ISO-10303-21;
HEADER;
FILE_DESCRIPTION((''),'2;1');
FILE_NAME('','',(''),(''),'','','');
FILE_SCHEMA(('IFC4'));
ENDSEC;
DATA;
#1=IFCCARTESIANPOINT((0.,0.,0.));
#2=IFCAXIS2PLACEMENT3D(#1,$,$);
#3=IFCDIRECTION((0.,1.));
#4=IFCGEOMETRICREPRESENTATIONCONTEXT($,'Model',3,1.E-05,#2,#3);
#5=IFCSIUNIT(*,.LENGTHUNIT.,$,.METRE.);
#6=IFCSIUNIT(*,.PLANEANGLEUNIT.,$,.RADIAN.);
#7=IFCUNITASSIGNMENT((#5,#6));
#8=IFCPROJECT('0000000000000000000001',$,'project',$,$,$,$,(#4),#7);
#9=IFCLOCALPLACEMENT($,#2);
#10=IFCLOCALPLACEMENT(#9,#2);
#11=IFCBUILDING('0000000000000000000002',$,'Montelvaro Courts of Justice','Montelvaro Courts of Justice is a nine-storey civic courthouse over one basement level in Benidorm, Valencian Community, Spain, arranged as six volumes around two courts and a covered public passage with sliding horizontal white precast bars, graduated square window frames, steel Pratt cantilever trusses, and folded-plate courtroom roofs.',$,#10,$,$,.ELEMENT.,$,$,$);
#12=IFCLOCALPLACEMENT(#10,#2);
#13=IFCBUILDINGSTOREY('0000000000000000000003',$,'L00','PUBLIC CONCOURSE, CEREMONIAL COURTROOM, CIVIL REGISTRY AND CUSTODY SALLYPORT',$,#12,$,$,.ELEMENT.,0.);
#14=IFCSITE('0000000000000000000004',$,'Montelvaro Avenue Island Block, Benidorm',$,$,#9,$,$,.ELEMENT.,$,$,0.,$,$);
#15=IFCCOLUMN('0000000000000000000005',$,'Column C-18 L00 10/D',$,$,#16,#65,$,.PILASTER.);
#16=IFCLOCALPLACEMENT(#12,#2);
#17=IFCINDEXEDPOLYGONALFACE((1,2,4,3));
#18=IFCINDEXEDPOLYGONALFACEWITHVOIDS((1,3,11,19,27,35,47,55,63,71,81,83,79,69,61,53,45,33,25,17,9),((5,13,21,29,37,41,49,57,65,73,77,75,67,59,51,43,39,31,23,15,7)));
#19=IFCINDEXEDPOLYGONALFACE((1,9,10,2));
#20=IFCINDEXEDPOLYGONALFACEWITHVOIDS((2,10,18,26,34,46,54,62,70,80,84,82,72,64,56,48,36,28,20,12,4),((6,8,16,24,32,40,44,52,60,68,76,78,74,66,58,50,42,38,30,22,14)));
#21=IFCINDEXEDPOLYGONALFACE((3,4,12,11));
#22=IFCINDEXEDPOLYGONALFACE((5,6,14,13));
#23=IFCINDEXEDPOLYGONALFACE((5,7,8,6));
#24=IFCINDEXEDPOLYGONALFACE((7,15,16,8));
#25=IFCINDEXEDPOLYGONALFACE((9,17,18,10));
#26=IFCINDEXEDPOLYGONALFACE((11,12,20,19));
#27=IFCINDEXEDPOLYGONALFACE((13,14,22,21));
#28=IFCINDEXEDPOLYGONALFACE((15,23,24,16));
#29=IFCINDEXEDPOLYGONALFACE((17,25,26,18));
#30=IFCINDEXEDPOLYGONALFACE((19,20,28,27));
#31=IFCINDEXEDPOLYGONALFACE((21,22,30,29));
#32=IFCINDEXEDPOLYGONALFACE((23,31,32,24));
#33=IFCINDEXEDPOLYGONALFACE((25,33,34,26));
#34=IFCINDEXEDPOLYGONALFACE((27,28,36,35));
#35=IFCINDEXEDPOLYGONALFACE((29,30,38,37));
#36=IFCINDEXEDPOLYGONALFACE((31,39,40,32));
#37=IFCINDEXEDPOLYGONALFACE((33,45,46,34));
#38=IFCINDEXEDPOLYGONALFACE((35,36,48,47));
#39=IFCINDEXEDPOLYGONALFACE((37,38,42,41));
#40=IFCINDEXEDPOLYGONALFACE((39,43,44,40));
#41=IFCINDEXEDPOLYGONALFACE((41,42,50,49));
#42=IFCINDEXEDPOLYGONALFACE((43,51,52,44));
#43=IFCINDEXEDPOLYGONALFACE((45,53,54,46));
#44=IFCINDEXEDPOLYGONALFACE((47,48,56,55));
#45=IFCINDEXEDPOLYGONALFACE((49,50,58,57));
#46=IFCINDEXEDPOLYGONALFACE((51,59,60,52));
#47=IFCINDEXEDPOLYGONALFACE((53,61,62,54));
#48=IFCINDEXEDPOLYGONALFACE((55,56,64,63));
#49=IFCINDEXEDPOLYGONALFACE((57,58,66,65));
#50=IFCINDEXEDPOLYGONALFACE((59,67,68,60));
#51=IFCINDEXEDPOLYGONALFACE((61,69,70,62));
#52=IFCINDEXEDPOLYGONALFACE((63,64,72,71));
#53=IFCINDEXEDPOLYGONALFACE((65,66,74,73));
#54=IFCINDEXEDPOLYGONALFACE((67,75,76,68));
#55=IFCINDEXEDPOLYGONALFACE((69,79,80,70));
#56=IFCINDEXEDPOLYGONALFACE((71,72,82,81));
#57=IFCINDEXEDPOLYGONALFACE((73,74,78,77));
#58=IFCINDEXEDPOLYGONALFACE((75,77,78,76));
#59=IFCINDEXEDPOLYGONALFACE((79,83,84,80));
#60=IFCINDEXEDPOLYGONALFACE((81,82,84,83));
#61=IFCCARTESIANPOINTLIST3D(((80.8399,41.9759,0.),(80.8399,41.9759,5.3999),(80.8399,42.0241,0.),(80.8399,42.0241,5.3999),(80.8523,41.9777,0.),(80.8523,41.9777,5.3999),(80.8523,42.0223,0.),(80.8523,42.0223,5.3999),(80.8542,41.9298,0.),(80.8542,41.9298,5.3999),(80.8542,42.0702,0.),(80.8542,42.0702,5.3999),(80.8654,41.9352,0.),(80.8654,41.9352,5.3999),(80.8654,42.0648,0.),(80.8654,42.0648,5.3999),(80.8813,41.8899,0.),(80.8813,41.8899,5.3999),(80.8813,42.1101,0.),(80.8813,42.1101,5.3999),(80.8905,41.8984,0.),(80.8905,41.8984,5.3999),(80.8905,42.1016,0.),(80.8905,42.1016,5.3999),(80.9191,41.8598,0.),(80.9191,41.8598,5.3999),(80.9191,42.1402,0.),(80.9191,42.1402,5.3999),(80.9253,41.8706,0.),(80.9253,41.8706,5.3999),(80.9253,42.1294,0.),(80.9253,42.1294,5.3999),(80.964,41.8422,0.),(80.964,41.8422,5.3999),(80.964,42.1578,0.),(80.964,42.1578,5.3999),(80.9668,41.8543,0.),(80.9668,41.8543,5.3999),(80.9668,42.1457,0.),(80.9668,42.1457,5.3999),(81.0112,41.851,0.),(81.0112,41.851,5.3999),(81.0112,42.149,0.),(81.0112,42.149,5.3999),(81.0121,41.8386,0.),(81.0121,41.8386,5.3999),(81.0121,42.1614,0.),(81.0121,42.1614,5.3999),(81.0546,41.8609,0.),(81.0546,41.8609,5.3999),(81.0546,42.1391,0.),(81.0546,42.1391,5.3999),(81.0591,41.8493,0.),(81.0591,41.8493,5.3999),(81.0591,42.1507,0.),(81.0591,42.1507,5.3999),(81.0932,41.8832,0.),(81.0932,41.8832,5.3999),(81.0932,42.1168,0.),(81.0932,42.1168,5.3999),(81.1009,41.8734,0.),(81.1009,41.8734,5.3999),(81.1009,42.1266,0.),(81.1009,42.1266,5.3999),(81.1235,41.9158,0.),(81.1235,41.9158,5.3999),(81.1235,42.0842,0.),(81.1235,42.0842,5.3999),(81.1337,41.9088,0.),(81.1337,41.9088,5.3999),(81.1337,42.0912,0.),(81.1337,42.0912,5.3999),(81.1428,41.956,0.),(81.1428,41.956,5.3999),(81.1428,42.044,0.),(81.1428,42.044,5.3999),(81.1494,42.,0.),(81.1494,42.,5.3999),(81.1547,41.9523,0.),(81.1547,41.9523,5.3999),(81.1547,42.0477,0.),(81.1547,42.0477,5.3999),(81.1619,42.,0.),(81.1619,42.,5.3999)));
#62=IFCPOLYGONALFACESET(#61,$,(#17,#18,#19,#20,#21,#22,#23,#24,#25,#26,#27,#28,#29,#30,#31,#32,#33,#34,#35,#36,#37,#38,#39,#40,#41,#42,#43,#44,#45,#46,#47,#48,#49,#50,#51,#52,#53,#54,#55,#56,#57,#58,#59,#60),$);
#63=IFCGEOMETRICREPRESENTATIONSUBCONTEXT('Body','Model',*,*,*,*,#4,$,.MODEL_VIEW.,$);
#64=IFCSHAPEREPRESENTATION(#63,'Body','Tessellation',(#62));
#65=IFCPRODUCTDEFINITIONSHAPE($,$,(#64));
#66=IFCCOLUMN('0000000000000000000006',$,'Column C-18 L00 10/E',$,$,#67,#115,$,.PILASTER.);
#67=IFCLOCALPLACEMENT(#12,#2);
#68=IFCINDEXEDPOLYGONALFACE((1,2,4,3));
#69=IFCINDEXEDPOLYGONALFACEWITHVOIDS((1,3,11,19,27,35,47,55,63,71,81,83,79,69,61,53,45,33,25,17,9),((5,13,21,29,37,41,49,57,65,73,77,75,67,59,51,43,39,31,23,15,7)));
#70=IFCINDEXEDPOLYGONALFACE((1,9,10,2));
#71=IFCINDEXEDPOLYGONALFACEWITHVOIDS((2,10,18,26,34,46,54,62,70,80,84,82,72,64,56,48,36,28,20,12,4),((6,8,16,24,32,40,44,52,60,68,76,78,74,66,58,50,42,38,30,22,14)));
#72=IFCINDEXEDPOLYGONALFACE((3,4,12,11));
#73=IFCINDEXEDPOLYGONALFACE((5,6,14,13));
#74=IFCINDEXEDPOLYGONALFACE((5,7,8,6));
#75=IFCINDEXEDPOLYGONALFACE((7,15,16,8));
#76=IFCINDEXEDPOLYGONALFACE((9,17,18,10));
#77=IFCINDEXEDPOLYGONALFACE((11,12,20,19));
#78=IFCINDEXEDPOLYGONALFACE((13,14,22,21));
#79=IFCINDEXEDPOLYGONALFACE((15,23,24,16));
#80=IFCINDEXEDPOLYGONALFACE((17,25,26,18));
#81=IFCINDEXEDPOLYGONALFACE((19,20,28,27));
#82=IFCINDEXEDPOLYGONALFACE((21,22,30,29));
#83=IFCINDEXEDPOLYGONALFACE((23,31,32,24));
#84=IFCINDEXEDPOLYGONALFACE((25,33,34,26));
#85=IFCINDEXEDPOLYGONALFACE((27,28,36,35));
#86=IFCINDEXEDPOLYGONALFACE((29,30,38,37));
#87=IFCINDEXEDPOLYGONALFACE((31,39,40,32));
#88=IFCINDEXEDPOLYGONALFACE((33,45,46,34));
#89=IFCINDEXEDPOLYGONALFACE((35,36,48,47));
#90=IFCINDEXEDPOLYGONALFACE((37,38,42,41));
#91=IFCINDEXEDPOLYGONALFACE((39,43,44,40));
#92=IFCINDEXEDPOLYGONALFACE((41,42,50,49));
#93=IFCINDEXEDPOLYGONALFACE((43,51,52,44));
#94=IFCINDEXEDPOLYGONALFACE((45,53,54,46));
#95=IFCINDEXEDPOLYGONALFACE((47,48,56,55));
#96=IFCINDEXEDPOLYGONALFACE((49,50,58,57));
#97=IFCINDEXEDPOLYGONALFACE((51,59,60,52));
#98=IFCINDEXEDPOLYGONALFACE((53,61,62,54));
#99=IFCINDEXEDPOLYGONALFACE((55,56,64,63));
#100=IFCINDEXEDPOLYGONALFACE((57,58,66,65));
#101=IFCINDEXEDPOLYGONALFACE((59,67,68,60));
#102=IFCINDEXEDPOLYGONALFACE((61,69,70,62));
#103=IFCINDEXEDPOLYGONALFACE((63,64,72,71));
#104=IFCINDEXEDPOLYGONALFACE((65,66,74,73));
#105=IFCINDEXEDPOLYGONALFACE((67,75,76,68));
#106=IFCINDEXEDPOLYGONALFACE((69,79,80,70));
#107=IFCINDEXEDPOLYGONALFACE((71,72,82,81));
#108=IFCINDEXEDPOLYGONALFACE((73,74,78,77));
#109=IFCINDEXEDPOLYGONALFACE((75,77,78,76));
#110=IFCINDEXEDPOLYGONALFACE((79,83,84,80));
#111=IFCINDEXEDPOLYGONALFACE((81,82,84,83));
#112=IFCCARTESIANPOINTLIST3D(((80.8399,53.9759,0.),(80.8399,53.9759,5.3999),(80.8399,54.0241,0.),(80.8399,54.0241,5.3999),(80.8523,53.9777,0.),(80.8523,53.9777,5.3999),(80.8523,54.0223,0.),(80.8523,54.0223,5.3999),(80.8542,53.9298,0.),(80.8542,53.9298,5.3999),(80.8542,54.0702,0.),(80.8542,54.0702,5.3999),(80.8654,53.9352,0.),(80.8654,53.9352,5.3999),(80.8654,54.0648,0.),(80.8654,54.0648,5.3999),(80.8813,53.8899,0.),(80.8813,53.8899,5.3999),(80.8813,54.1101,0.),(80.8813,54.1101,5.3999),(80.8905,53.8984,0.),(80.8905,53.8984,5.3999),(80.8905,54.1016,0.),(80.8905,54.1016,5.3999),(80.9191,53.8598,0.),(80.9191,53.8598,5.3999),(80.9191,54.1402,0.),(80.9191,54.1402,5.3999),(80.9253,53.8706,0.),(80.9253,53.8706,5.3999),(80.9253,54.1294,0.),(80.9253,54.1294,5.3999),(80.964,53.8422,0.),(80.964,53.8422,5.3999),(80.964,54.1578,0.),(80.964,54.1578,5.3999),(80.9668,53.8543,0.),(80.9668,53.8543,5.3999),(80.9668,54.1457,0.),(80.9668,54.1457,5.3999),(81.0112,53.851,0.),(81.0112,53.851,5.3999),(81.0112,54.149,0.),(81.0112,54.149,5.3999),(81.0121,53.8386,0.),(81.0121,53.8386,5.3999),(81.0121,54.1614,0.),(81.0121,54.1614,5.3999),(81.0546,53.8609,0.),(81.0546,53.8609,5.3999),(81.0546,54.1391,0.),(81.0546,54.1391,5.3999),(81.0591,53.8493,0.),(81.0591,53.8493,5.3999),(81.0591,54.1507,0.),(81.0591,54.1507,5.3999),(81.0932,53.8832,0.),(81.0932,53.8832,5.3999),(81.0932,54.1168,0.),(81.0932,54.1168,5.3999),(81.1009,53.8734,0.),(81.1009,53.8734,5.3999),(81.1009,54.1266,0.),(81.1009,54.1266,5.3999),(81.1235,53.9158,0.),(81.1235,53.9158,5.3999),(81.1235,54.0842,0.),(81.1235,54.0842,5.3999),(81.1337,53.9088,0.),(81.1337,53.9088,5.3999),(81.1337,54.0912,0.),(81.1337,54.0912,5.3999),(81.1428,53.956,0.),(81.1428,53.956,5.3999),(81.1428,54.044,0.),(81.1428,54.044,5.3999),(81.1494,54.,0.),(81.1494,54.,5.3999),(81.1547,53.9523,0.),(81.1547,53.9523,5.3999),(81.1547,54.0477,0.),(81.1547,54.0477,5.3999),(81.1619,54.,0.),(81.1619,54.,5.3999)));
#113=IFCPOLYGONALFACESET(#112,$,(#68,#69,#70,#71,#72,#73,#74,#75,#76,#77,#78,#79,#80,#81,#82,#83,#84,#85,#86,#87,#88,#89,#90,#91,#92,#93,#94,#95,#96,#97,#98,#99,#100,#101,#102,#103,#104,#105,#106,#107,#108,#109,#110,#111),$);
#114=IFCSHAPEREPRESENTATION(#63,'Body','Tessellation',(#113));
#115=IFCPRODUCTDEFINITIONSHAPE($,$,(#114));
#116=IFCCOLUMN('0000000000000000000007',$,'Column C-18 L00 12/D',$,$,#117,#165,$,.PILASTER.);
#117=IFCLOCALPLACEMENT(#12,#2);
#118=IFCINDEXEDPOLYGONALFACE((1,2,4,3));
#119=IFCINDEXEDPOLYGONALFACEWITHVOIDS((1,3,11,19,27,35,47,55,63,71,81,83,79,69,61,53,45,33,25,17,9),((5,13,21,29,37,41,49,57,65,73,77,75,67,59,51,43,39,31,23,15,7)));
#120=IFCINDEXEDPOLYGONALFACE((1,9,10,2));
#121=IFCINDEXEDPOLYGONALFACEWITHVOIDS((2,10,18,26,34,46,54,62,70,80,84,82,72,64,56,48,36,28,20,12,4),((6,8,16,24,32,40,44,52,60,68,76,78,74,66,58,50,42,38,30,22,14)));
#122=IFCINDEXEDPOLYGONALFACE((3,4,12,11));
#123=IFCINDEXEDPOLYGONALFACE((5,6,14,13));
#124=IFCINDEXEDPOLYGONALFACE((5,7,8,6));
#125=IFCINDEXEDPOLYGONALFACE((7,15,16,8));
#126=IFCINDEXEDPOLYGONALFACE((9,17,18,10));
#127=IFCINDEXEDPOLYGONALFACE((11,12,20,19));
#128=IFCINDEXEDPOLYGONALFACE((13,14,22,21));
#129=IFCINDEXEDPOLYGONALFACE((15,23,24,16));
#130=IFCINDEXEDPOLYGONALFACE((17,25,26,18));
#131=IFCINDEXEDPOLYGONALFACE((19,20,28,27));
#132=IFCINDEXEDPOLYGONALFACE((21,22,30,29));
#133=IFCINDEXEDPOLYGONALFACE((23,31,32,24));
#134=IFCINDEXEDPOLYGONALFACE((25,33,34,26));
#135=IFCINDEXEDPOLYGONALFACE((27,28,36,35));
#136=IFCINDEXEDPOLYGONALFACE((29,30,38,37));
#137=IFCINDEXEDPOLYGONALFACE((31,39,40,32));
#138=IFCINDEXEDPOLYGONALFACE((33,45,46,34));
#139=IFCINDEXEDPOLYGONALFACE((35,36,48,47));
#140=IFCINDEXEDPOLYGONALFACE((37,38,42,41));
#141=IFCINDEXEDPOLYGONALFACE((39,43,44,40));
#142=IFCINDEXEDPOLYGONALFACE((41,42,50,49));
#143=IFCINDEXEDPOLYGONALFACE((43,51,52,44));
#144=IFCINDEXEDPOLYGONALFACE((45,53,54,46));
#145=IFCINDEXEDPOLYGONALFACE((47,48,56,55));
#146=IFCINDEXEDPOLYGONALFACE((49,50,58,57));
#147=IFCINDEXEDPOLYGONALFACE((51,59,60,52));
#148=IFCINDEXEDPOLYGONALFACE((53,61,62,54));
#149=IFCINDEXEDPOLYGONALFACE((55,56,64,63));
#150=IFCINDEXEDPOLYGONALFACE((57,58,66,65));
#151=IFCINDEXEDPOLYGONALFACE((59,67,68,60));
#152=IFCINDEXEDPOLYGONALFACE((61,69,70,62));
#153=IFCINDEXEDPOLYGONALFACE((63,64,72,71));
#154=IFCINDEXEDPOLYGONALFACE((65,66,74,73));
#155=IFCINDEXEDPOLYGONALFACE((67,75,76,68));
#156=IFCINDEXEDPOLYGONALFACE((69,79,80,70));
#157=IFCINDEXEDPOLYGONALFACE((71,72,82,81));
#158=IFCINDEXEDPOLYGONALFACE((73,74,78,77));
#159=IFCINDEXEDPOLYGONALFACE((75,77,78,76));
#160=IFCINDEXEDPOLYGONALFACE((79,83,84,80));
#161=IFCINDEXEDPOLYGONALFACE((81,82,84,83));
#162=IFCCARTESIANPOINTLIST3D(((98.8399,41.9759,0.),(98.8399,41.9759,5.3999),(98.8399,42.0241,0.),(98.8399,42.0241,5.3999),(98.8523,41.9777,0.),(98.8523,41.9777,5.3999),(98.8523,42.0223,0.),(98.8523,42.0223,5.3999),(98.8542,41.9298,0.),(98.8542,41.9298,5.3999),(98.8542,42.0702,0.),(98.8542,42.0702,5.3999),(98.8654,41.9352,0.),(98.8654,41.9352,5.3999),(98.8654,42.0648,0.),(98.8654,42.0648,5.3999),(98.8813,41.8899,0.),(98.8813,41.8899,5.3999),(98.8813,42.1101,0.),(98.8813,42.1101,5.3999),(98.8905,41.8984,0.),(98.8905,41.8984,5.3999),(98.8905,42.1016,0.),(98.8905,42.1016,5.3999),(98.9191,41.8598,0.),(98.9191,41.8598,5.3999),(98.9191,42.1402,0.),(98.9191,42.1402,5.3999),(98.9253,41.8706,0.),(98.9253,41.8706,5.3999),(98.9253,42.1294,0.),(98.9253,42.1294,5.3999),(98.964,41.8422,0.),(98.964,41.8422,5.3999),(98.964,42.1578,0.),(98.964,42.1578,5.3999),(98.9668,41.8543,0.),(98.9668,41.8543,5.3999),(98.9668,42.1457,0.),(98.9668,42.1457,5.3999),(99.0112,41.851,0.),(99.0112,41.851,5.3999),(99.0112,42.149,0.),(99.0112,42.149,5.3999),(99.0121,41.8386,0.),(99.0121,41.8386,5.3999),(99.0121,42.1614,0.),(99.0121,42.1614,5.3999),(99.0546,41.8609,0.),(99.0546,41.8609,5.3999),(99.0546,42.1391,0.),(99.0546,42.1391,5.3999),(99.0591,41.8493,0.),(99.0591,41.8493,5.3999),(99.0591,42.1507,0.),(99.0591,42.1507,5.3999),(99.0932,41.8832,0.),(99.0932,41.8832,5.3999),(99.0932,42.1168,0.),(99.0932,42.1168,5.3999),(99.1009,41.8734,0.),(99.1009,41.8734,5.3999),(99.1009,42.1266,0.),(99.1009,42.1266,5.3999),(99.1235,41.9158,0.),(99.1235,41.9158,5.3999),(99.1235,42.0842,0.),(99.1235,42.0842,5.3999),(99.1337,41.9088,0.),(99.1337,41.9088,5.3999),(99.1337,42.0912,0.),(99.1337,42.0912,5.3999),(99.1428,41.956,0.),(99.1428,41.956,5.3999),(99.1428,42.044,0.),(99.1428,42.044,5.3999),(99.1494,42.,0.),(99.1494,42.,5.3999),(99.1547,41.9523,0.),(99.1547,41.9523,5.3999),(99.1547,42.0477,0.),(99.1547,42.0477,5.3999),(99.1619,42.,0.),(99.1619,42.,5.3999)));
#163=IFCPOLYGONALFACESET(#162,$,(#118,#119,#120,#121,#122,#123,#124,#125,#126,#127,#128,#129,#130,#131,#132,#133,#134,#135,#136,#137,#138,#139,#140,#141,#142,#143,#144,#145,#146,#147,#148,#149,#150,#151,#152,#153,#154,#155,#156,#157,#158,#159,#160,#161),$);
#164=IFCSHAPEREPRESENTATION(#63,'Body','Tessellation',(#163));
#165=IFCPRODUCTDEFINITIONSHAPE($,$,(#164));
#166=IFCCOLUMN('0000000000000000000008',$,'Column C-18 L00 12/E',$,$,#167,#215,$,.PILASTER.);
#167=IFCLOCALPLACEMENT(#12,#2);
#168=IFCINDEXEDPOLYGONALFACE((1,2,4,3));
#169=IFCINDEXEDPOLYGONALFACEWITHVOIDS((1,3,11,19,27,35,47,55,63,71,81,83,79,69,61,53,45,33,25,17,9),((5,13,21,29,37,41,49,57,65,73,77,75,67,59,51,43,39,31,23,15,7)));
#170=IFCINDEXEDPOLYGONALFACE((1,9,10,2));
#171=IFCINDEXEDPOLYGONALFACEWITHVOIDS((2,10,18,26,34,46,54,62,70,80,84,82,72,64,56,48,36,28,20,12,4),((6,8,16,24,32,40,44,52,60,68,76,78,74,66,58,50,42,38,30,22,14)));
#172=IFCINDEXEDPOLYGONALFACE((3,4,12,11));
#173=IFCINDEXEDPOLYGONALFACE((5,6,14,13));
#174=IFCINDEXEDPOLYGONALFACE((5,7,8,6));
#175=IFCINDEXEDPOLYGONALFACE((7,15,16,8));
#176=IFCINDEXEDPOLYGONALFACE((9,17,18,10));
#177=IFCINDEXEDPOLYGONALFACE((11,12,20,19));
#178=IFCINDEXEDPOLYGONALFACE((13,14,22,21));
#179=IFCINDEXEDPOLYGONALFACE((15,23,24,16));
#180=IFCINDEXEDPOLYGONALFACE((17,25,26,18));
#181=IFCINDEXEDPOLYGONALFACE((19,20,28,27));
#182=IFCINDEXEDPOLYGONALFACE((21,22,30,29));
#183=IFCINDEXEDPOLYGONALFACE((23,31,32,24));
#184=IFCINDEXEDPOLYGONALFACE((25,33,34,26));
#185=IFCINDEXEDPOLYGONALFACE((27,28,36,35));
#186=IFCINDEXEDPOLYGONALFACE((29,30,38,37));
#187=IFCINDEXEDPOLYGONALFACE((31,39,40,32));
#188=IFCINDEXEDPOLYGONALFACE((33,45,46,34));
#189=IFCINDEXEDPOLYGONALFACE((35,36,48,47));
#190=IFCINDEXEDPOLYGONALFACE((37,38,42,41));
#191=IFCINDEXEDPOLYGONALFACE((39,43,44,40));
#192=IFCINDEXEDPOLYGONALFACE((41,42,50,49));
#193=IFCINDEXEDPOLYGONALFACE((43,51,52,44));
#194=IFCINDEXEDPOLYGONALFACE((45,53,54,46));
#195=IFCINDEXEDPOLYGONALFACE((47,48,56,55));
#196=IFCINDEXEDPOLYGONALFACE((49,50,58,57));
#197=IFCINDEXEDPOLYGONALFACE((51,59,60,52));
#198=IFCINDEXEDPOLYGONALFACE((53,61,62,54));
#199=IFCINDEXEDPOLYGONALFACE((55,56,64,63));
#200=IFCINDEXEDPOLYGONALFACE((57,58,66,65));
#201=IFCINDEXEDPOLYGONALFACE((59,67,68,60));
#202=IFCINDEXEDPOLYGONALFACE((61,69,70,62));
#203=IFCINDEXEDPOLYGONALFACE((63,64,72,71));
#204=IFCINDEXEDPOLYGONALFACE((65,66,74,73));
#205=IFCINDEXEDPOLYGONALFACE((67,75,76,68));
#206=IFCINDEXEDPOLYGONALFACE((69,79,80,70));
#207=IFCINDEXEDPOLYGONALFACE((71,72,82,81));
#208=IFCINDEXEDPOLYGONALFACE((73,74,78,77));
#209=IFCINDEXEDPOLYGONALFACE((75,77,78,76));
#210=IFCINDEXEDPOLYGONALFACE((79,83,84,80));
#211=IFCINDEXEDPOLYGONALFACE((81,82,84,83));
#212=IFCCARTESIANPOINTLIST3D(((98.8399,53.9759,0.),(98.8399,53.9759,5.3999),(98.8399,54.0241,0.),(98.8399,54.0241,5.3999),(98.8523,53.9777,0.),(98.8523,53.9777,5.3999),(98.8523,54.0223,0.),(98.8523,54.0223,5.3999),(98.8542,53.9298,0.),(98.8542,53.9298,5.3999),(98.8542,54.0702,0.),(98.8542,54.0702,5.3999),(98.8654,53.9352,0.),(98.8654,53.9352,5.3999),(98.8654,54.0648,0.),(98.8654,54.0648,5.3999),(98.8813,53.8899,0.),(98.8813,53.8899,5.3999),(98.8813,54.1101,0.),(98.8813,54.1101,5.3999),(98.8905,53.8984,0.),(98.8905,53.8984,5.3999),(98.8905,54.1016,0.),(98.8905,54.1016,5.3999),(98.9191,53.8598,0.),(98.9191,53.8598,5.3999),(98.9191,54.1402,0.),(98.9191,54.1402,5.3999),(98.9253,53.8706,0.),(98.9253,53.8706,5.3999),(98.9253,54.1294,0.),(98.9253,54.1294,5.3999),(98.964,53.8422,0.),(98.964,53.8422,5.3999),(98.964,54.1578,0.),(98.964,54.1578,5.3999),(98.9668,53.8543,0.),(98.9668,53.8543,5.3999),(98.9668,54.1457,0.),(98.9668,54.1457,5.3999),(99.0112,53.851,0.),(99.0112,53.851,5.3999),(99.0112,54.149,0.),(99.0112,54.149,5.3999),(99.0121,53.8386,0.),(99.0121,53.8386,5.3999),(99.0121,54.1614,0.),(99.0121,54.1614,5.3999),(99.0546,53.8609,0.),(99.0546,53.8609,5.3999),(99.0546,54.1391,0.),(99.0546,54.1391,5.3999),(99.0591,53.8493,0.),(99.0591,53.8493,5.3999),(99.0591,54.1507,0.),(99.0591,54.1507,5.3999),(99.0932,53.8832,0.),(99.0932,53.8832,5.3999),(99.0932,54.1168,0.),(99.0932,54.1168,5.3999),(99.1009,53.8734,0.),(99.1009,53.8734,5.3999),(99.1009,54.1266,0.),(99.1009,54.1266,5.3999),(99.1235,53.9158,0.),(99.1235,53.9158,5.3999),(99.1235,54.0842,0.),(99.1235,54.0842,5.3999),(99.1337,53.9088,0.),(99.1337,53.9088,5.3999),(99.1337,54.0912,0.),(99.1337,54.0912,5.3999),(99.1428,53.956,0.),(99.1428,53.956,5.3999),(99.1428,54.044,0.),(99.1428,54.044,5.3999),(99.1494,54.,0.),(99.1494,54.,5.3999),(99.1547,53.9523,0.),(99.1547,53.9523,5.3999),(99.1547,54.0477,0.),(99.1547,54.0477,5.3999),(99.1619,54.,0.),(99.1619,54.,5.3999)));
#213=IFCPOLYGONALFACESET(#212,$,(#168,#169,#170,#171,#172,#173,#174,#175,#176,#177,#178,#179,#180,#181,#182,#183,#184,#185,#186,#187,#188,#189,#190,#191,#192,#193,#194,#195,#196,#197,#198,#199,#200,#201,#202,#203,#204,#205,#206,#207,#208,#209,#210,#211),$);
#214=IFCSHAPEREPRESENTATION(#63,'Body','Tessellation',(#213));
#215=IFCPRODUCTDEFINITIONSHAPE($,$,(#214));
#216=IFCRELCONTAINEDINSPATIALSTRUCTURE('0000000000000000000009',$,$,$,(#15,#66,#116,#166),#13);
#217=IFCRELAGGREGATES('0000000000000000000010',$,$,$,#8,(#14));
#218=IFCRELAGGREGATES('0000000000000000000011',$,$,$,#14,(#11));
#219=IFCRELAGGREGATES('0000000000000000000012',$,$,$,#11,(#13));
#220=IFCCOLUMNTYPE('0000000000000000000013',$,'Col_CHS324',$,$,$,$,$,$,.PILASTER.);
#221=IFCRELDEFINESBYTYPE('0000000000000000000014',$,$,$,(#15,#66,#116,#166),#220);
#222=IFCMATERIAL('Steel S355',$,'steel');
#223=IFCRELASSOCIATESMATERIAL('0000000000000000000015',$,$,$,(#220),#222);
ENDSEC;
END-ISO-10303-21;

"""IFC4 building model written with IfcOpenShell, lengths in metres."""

from ifc_helpers import new_model, si_unit, direction, frame, origin, origin_2d, place, context, subcontext, project, spatial, hollow_circle, extrude, material, material_profile, profile_set, type_object, element, save


model = new_model("IFC4")

# Units and contexts
model_context = context("Model", 3, precision=1e-05, world=origin(), true_north=direction((0.0, 1.0)))
body_context = subcontext(model_context, "Body", "Model", "MODEL_VIEW")
ifc_project = project(units=[si_unit("LENGTHUNIT", "METRE"), si_unit("PLANEANGLEUNIT", "RADIAN")], contexts=[model_context])

# Site, building, storey
site_placement = place(None, origin())
site = spatial("IfcSite", under=ifc_project, at=site_placement, Name="Montelvaro Avenue Island Block, Benidorm", CompositionType="ELEMENT", RefElevation=0.0)
building_placement = place(site_placement, origin())
building = spatial("IfcBuilding", under=site, at=building_placement, Name="Montelvaro Courts of Justice", Description="Montelvaro Courts of Justice is a nine-storey civic courthouse over one basement level in Benidorm, Valencian Community, Spain, arranged as six volumes around two courts and a covered public passage with sliding horizontal white precast bars, graduated square window frames, steel Pratt cantilever trusses, and folded-plate courtroom roofs.", CompositionType="ELEMENT")
storey_placement = place(building_placement, origin())
storey = spatial("IfcBuildingStorey", under=building, at=storey_placement, Name="L00", Description="PUBLIC CONCOURSE, CEREMONIAL COURTROOM, CIVIL REGISTRY AND CUSTODY SALLYPORT", CompositionType="ELEMENT", Elevation=0.0)

# Columns
ifc_material_1 = material(Name="Steel S355", Category="steel")
ifc_material_profile_1 = material_profile(ifc_material_1, hollow_circle(Radius=0.1619, WallThickness=0.0125, at=origin_2d()), Name="CHS 323.9x12.5")
ifc_profile_set_1 = profile_set([ifc_material_profile_1], Name="Steel S355")
column_type_1 = type_object("IfcColumnType", Name="Col_CHS324", PredefinedType="PILASTER", material=ifc_profile_set_1)
for number, where, z_axis, x_axis, name in (
    (1, (81.0, 42.0, 0.0), (0.0, 0.0, 1.0), (1.0, 0.0, 0.0), "Column C-18 L00 10/D"),
    (2, (81.0, 54.0, 0.0), (0.0, 0.0, 1.0), (1.0, 0.0, 0.0), "Column C-18 L00 10/E"),
    (3, (99.0, 42.0, 0.0), (0.0, 0.0, 1.0), (1.0, 0.0, 0.0), "Column C-18 L00 12/D"),
    (4, (99.0, 54.0, 0.0), (0.0, 0.0, 1.0), (1.0, 0.0, 0.0), "Column C-18 L00 12/E"),
):
    element("IfcColumn", number, at=place(storey_placement, frame(where, z_axis=z_axis, x_axis=x_axis)), inside=storey, type_object=column_type_1, Name=name, PredefinedType="PILASTER", context=body_context, shape_type="SweptSolid", body=[
        extrude(hollow_circle(Radius=0.1619, WallThickness=0.0125, at=origin_2d()), origin(), (0.0, 0.0, 1.0), 5.3999),
    ])

save(model, "model.ifc")
